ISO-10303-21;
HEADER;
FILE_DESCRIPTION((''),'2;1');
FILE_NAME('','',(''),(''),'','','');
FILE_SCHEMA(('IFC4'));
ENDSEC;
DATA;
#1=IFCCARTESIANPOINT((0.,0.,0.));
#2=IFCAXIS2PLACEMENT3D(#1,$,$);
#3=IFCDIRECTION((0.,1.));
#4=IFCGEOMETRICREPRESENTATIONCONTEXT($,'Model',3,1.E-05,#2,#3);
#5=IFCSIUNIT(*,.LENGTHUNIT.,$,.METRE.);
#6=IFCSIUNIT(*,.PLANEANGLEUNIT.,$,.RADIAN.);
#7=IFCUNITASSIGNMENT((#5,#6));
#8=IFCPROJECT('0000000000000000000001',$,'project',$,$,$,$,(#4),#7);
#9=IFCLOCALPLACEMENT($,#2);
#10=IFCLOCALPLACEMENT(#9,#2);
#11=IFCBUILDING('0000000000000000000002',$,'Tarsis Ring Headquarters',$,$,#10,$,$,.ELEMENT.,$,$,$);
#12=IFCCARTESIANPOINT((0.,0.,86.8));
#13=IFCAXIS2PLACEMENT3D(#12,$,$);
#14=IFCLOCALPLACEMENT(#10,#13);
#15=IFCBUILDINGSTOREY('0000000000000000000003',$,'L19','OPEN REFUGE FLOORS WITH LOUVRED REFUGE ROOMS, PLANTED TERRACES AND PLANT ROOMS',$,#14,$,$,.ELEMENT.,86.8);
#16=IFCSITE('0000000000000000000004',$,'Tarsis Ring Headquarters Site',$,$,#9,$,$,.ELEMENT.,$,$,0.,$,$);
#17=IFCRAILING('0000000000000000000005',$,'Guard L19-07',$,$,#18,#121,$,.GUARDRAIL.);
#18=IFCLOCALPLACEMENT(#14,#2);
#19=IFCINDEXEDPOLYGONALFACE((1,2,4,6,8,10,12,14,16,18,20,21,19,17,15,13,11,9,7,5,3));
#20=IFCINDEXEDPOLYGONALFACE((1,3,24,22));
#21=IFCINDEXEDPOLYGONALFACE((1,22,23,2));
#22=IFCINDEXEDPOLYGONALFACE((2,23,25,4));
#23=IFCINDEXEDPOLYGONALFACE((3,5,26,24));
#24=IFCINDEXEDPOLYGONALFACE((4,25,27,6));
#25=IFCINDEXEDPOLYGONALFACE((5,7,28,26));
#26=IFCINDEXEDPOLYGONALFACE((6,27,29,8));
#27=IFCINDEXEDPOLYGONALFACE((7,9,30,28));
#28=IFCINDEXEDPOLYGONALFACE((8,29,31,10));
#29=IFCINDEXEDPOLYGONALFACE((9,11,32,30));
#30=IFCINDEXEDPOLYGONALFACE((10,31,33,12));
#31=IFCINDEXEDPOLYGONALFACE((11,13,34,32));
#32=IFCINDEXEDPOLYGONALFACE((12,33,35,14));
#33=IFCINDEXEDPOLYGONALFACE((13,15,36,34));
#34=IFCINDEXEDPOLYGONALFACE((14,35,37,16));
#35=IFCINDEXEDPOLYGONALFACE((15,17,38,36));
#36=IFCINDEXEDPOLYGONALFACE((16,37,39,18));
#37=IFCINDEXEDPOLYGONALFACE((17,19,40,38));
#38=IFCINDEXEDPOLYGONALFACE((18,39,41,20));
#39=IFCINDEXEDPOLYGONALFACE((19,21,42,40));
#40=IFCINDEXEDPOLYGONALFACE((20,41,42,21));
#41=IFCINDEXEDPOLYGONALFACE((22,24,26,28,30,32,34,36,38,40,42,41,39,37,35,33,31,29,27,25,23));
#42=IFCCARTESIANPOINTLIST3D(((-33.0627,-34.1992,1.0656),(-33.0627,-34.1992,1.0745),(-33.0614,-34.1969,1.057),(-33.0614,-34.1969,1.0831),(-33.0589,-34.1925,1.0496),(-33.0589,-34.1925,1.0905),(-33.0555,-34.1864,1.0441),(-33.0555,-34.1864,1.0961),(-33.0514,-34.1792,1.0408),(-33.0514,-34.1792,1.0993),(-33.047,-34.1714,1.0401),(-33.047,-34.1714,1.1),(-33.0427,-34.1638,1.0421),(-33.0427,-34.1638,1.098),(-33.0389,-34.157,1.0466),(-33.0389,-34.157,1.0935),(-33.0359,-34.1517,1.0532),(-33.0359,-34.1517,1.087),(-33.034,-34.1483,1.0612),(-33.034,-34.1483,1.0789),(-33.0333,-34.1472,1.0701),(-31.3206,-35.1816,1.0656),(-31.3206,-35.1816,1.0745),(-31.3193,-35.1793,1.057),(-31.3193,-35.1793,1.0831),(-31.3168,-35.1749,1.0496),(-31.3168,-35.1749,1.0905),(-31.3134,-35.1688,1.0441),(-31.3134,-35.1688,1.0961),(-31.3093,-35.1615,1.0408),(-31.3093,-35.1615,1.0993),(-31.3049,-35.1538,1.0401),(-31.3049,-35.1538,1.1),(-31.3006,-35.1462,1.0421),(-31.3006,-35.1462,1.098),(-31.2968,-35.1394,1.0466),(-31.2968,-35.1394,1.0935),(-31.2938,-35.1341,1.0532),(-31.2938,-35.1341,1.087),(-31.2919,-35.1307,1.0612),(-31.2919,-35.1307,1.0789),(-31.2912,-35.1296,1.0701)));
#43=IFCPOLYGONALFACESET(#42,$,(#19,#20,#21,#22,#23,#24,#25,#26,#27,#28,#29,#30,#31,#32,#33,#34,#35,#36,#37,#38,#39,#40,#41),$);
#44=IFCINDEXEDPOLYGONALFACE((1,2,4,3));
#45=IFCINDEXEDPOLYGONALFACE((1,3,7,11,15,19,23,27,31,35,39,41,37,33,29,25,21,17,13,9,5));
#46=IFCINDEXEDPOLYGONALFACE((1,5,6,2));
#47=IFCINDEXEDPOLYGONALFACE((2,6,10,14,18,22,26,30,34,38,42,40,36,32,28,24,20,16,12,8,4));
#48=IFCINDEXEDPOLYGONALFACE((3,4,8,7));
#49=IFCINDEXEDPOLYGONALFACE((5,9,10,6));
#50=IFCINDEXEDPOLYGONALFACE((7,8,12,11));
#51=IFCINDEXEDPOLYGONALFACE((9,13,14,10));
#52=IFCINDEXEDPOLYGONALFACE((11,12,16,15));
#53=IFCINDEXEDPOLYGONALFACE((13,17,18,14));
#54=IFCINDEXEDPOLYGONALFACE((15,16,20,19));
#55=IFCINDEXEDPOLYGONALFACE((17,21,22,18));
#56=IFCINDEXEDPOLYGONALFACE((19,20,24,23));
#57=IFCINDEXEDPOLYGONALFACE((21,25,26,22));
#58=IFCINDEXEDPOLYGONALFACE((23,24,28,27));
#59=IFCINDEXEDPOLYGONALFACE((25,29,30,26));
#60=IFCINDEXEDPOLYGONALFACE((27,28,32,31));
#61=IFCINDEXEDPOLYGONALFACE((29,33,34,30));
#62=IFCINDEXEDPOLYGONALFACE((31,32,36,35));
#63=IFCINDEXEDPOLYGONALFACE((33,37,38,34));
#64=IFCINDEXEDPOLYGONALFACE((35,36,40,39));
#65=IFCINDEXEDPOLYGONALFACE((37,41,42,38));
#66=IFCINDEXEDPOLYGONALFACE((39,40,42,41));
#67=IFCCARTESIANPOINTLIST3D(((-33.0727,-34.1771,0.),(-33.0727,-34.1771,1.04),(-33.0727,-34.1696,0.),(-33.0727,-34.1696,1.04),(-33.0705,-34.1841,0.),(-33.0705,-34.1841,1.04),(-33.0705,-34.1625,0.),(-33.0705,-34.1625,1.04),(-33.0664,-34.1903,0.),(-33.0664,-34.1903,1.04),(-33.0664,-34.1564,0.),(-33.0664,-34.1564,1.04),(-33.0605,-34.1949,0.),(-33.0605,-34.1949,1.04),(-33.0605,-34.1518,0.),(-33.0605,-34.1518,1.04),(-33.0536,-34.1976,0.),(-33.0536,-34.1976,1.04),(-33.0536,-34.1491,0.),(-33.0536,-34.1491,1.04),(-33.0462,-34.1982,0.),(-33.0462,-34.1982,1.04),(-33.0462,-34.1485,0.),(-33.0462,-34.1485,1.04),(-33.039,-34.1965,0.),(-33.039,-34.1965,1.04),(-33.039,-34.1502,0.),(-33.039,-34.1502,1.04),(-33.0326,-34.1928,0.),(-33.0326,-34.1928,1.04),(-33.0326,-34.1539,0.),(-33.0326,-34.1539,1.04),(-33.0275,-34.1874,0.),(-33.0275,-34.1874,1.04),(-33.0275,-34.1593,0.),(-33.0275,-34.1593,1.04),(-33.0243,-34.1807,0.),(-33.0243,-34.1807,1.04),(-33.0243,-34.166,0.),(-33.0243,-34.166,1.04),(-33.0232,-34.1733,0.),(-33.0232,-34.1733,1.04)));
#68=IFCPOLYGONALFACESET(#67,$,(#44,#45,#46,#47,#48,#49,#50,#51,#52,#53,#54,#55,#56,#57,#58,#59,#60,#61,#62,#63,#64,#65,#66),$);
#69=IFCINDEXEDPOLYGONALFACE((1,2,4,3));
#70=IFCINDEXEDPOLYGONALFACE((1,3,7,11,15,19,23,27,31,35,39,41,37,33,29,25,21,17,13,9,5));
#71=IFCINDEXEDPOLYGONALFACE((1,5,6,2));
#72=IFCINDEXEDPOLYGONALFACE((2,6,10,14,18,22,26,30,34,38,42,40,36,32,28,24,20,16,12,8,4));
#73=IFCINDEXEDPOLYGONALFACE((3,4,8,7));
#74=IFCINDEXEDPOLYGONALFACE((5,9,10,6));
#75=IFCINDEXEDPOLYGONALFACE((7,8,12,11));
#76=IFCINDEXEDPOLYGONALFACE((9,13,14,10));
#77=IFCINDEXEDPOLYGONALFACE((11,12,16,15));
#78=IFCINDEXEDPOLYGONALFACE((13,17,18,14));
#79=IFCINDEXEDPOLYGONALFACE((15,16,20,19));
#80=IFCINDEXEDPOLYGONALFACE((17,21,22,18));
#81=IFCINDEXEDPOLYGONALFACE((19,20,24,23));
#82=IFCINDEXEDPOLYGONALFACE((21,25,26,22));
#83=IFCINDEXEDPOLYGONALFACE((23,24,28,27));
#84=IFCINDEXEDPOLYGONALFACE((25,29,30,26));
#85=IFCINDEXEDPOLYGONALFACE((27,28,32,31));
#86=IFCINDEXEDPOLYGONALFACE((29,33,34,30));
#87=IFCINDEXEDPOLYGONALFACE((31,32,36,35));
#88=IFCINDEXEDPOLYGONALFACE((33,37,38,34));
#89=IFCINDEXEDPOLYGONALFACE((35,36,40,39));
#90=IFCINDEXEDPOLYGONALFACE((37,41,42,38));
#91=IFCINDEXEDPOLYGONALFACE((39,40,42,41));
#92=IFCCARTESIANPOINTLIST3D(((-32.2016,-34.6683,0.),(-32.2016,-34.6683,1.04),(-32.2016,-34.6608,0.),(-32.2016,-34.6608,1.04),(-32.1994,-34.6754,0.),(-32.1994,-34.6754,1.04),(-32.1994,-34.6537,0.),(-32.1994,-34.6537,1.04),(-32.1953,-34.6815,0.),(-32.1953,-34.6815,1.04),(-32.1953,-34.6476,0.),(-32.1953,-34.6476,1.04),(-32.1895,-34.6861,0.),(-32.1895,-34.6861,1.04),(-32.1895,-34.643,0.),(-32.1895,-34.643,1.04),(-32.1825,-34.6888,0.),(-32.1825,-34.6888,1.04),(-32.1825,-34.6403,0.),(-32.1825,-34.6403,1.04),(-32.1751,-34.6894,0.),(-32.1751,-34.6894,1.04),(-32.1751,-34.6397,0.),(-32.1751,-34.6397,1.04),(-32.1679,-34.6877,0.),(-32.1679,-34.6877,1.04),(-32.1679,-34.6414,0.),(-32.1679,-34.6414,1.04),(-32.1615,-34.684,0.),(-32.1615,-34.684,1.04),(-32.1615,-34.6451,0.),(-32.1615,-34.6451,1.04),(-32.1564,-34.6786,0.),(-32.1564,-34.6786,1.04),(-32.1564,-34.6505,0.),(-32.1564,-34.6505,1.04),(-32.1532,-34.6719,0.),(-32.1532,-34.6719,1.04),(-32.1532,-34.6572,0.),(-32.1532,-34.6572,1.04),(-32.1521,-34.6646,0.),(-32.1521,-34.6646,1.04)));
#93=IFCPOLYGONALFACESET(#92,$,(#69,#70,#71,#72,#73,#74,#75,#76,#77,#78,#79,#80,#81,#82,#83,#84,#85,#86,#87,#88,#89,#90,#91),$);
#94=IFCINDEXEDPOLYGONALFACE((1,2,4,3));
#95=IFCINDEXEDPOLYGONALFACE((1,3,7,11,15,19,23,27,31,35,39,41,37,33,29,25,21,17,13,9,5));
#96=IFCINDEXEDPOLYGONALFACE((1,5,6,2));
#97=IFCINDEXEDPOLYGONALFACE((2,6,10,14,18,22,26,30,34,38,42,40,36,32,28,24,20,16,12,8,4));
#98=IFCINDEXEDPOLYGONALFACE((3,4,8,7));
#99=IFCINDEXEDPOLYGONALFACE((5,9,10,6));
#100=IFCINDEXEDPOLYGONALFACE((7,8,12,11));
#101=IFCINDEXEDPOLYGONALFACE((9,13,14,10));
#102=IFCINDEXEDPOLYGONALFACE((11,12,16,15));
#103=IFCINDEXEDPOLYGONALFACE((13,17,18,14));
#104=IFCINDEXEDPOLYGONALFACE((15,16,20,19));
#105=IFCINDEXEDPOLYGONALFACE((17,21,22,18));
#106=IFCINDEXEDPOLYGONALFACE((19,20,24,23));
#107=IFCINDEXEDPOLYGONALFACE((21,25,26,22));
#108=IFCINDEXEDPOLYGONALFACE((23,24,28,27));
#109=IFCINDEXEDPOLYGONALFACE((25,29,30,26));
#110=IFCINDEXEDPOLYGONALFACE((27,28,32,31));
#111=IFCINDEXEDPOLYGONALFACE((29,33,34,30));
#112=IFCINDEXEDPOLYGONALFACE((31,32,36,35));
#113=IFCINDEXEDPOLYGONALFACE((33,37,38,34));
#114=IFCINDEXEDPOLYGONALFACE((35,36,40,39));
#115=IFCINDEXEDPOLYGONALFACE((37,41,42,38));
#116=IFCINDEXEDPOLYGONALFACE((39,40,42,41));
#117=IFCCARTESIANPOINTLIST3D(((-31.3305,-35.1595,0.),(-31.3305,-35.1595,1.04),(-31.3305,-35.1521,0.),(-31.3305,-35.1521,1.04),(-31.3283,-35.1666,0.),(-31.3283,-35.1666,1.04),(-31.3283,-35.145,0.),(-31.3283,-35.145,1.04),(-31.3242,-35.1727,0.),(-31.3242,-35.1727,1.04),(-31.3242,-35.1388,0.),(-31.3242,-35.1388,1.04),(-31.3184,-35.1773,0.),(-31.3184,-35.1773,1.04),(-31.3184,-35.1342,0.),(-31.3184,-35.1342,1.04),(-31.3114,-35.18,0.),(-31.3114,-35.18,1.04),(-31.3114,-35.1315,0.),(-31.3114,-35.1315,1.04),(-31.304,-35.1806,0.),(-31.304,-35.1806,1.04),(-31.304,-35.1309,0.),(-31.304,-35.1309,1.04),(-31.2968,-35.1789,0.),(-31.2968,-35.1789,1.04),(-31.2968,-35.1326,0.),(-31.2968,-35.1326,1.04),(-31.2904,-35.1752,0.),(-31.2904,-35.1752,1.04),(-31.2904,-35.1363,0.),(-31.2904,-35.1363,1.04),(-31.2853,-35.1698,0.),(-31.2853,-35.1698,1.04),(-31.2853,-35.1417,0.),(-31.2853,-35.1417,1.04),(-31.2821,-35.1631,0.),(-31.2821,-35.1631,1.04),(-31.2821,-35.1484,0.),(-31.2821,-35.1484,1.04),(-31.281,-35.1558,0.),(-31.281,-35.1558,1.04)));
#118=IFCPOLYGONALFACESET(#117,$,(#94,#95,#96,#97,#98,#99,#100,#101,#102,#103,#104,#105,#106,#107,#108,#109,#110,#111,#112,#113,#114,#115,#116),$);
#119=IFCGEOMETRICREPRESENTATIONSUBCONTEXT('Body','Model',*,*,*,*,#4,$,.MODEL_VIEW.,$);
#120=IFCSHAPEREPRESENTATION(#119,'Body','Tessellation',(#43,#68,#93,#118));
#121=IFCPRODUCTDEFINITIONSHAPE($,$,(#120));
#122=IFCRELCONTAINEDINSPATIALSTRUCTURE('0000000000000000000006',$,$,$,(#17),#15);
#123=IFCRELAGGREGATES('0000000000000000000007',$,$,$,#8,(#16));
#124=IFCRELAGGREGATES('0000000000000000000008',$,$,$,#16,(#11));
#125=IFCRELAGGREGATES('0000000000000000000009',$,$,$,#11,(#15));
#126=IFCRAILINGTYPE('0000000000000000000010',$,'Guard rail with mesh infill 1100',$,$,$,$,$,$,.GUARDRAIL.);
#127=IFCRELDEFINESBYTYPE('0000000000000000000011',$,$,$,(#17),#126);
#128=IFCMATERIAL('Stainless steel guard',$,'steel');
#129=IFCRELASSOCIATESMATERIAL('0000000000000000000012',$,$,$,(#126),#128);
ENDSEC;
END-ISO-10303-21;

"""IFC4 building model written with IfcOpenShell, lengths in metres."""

from ifc_helpers import new_model, si_unit, direction, frame, origin, origin_2d, place, context, subcontext, project, spatial, circle, extrude, material, type_object, element, save


model = new_model("IFC4")

# Units and contexts
model_context = context("Model", 3, precision=1e-05, world=origin(), true_north=direction((0.0, 1.0)))
body_context = subcontext(model_context, "Body", "Model", "MODEL_VIEW")
ifc_project = project(units=[si_unit("LENGTHUNIT", "METRE"), si_unit("PLANEANGLEUNIT", "RADIAN")], contexts=[model_context])

# Site, building, storey
site_placement = place(None, origin())
site = spatial("IfcSite", under=ifc_project, at=site_placement, Name="Tarsis Ring Headquarters Site", CompositionType="ELEMENT", RefElevation=0.0)
building_placement = place(site_placement, origin())
building = spatial("IfcBuilding", under=site, at=building_placement, Name="Tarsis Ring Headquarters", CompositionType="ELEMENT")
storey_placement = place(building_placement, frame((0.0, 0.0, 86.8)))
storey = spatial("IfcBuildingStorey", under=building, at=storey_placement, Name="L19", Description="OPEN REFUGE FLOORS WITH LOUVRED REFUGE ROOMS, PLANTED TERRACES AND PLANT ROOMS", CompositionType="ELEMENT", Elevation=86.8)

# Railing
ifc_material_1 = material(Name="Stainless steel guard", Category="steel")
railing_type_1 = type_object("IfcRailingType", Name="Guard rail with mesh infill 1100", PredefinedType="GUARDRAIL", material=ifc_material_1)
railing_1_placement = place(storey_placement, frame((-33.0481, -34.1733, 0.0)))
element("IfcRailing", 1, at=railing_1_placement, inside=storey, type_object=railing_type_1, Name="Guard L19-07", PredefinedType="GUARDRAIL", context=body_context, shape_type="SweptSolid", body=[
    extrude(circle(Radius=0.03, at=origin_2d()), frame((0.0, 0.0, 1.0701), z_axis=(0.871053, -0.491188, 0.0), x_axis=(0.491188, 0.871053, 0.0)), (0.0, 0.0, 1.0), 2.0),
    extrude(circle(Radius=0.0249, at=origin_2d()), origin(), (0.0, 0.0, 1.0), 1.04),
    extrude(circle(Radius=0.0249, at=origin_2d()), frame((0.8711, -0.4912, 0.0)), (0.0, 0.0, 1.0), 1.04),
    extrude(circle(Radius=0.0249, at=origin_2d()), frame((1.7422, -0.9824, 0.0)), (0.0, 0.0, 1.0), 1.04),
])

save(model, "model.ifc")
